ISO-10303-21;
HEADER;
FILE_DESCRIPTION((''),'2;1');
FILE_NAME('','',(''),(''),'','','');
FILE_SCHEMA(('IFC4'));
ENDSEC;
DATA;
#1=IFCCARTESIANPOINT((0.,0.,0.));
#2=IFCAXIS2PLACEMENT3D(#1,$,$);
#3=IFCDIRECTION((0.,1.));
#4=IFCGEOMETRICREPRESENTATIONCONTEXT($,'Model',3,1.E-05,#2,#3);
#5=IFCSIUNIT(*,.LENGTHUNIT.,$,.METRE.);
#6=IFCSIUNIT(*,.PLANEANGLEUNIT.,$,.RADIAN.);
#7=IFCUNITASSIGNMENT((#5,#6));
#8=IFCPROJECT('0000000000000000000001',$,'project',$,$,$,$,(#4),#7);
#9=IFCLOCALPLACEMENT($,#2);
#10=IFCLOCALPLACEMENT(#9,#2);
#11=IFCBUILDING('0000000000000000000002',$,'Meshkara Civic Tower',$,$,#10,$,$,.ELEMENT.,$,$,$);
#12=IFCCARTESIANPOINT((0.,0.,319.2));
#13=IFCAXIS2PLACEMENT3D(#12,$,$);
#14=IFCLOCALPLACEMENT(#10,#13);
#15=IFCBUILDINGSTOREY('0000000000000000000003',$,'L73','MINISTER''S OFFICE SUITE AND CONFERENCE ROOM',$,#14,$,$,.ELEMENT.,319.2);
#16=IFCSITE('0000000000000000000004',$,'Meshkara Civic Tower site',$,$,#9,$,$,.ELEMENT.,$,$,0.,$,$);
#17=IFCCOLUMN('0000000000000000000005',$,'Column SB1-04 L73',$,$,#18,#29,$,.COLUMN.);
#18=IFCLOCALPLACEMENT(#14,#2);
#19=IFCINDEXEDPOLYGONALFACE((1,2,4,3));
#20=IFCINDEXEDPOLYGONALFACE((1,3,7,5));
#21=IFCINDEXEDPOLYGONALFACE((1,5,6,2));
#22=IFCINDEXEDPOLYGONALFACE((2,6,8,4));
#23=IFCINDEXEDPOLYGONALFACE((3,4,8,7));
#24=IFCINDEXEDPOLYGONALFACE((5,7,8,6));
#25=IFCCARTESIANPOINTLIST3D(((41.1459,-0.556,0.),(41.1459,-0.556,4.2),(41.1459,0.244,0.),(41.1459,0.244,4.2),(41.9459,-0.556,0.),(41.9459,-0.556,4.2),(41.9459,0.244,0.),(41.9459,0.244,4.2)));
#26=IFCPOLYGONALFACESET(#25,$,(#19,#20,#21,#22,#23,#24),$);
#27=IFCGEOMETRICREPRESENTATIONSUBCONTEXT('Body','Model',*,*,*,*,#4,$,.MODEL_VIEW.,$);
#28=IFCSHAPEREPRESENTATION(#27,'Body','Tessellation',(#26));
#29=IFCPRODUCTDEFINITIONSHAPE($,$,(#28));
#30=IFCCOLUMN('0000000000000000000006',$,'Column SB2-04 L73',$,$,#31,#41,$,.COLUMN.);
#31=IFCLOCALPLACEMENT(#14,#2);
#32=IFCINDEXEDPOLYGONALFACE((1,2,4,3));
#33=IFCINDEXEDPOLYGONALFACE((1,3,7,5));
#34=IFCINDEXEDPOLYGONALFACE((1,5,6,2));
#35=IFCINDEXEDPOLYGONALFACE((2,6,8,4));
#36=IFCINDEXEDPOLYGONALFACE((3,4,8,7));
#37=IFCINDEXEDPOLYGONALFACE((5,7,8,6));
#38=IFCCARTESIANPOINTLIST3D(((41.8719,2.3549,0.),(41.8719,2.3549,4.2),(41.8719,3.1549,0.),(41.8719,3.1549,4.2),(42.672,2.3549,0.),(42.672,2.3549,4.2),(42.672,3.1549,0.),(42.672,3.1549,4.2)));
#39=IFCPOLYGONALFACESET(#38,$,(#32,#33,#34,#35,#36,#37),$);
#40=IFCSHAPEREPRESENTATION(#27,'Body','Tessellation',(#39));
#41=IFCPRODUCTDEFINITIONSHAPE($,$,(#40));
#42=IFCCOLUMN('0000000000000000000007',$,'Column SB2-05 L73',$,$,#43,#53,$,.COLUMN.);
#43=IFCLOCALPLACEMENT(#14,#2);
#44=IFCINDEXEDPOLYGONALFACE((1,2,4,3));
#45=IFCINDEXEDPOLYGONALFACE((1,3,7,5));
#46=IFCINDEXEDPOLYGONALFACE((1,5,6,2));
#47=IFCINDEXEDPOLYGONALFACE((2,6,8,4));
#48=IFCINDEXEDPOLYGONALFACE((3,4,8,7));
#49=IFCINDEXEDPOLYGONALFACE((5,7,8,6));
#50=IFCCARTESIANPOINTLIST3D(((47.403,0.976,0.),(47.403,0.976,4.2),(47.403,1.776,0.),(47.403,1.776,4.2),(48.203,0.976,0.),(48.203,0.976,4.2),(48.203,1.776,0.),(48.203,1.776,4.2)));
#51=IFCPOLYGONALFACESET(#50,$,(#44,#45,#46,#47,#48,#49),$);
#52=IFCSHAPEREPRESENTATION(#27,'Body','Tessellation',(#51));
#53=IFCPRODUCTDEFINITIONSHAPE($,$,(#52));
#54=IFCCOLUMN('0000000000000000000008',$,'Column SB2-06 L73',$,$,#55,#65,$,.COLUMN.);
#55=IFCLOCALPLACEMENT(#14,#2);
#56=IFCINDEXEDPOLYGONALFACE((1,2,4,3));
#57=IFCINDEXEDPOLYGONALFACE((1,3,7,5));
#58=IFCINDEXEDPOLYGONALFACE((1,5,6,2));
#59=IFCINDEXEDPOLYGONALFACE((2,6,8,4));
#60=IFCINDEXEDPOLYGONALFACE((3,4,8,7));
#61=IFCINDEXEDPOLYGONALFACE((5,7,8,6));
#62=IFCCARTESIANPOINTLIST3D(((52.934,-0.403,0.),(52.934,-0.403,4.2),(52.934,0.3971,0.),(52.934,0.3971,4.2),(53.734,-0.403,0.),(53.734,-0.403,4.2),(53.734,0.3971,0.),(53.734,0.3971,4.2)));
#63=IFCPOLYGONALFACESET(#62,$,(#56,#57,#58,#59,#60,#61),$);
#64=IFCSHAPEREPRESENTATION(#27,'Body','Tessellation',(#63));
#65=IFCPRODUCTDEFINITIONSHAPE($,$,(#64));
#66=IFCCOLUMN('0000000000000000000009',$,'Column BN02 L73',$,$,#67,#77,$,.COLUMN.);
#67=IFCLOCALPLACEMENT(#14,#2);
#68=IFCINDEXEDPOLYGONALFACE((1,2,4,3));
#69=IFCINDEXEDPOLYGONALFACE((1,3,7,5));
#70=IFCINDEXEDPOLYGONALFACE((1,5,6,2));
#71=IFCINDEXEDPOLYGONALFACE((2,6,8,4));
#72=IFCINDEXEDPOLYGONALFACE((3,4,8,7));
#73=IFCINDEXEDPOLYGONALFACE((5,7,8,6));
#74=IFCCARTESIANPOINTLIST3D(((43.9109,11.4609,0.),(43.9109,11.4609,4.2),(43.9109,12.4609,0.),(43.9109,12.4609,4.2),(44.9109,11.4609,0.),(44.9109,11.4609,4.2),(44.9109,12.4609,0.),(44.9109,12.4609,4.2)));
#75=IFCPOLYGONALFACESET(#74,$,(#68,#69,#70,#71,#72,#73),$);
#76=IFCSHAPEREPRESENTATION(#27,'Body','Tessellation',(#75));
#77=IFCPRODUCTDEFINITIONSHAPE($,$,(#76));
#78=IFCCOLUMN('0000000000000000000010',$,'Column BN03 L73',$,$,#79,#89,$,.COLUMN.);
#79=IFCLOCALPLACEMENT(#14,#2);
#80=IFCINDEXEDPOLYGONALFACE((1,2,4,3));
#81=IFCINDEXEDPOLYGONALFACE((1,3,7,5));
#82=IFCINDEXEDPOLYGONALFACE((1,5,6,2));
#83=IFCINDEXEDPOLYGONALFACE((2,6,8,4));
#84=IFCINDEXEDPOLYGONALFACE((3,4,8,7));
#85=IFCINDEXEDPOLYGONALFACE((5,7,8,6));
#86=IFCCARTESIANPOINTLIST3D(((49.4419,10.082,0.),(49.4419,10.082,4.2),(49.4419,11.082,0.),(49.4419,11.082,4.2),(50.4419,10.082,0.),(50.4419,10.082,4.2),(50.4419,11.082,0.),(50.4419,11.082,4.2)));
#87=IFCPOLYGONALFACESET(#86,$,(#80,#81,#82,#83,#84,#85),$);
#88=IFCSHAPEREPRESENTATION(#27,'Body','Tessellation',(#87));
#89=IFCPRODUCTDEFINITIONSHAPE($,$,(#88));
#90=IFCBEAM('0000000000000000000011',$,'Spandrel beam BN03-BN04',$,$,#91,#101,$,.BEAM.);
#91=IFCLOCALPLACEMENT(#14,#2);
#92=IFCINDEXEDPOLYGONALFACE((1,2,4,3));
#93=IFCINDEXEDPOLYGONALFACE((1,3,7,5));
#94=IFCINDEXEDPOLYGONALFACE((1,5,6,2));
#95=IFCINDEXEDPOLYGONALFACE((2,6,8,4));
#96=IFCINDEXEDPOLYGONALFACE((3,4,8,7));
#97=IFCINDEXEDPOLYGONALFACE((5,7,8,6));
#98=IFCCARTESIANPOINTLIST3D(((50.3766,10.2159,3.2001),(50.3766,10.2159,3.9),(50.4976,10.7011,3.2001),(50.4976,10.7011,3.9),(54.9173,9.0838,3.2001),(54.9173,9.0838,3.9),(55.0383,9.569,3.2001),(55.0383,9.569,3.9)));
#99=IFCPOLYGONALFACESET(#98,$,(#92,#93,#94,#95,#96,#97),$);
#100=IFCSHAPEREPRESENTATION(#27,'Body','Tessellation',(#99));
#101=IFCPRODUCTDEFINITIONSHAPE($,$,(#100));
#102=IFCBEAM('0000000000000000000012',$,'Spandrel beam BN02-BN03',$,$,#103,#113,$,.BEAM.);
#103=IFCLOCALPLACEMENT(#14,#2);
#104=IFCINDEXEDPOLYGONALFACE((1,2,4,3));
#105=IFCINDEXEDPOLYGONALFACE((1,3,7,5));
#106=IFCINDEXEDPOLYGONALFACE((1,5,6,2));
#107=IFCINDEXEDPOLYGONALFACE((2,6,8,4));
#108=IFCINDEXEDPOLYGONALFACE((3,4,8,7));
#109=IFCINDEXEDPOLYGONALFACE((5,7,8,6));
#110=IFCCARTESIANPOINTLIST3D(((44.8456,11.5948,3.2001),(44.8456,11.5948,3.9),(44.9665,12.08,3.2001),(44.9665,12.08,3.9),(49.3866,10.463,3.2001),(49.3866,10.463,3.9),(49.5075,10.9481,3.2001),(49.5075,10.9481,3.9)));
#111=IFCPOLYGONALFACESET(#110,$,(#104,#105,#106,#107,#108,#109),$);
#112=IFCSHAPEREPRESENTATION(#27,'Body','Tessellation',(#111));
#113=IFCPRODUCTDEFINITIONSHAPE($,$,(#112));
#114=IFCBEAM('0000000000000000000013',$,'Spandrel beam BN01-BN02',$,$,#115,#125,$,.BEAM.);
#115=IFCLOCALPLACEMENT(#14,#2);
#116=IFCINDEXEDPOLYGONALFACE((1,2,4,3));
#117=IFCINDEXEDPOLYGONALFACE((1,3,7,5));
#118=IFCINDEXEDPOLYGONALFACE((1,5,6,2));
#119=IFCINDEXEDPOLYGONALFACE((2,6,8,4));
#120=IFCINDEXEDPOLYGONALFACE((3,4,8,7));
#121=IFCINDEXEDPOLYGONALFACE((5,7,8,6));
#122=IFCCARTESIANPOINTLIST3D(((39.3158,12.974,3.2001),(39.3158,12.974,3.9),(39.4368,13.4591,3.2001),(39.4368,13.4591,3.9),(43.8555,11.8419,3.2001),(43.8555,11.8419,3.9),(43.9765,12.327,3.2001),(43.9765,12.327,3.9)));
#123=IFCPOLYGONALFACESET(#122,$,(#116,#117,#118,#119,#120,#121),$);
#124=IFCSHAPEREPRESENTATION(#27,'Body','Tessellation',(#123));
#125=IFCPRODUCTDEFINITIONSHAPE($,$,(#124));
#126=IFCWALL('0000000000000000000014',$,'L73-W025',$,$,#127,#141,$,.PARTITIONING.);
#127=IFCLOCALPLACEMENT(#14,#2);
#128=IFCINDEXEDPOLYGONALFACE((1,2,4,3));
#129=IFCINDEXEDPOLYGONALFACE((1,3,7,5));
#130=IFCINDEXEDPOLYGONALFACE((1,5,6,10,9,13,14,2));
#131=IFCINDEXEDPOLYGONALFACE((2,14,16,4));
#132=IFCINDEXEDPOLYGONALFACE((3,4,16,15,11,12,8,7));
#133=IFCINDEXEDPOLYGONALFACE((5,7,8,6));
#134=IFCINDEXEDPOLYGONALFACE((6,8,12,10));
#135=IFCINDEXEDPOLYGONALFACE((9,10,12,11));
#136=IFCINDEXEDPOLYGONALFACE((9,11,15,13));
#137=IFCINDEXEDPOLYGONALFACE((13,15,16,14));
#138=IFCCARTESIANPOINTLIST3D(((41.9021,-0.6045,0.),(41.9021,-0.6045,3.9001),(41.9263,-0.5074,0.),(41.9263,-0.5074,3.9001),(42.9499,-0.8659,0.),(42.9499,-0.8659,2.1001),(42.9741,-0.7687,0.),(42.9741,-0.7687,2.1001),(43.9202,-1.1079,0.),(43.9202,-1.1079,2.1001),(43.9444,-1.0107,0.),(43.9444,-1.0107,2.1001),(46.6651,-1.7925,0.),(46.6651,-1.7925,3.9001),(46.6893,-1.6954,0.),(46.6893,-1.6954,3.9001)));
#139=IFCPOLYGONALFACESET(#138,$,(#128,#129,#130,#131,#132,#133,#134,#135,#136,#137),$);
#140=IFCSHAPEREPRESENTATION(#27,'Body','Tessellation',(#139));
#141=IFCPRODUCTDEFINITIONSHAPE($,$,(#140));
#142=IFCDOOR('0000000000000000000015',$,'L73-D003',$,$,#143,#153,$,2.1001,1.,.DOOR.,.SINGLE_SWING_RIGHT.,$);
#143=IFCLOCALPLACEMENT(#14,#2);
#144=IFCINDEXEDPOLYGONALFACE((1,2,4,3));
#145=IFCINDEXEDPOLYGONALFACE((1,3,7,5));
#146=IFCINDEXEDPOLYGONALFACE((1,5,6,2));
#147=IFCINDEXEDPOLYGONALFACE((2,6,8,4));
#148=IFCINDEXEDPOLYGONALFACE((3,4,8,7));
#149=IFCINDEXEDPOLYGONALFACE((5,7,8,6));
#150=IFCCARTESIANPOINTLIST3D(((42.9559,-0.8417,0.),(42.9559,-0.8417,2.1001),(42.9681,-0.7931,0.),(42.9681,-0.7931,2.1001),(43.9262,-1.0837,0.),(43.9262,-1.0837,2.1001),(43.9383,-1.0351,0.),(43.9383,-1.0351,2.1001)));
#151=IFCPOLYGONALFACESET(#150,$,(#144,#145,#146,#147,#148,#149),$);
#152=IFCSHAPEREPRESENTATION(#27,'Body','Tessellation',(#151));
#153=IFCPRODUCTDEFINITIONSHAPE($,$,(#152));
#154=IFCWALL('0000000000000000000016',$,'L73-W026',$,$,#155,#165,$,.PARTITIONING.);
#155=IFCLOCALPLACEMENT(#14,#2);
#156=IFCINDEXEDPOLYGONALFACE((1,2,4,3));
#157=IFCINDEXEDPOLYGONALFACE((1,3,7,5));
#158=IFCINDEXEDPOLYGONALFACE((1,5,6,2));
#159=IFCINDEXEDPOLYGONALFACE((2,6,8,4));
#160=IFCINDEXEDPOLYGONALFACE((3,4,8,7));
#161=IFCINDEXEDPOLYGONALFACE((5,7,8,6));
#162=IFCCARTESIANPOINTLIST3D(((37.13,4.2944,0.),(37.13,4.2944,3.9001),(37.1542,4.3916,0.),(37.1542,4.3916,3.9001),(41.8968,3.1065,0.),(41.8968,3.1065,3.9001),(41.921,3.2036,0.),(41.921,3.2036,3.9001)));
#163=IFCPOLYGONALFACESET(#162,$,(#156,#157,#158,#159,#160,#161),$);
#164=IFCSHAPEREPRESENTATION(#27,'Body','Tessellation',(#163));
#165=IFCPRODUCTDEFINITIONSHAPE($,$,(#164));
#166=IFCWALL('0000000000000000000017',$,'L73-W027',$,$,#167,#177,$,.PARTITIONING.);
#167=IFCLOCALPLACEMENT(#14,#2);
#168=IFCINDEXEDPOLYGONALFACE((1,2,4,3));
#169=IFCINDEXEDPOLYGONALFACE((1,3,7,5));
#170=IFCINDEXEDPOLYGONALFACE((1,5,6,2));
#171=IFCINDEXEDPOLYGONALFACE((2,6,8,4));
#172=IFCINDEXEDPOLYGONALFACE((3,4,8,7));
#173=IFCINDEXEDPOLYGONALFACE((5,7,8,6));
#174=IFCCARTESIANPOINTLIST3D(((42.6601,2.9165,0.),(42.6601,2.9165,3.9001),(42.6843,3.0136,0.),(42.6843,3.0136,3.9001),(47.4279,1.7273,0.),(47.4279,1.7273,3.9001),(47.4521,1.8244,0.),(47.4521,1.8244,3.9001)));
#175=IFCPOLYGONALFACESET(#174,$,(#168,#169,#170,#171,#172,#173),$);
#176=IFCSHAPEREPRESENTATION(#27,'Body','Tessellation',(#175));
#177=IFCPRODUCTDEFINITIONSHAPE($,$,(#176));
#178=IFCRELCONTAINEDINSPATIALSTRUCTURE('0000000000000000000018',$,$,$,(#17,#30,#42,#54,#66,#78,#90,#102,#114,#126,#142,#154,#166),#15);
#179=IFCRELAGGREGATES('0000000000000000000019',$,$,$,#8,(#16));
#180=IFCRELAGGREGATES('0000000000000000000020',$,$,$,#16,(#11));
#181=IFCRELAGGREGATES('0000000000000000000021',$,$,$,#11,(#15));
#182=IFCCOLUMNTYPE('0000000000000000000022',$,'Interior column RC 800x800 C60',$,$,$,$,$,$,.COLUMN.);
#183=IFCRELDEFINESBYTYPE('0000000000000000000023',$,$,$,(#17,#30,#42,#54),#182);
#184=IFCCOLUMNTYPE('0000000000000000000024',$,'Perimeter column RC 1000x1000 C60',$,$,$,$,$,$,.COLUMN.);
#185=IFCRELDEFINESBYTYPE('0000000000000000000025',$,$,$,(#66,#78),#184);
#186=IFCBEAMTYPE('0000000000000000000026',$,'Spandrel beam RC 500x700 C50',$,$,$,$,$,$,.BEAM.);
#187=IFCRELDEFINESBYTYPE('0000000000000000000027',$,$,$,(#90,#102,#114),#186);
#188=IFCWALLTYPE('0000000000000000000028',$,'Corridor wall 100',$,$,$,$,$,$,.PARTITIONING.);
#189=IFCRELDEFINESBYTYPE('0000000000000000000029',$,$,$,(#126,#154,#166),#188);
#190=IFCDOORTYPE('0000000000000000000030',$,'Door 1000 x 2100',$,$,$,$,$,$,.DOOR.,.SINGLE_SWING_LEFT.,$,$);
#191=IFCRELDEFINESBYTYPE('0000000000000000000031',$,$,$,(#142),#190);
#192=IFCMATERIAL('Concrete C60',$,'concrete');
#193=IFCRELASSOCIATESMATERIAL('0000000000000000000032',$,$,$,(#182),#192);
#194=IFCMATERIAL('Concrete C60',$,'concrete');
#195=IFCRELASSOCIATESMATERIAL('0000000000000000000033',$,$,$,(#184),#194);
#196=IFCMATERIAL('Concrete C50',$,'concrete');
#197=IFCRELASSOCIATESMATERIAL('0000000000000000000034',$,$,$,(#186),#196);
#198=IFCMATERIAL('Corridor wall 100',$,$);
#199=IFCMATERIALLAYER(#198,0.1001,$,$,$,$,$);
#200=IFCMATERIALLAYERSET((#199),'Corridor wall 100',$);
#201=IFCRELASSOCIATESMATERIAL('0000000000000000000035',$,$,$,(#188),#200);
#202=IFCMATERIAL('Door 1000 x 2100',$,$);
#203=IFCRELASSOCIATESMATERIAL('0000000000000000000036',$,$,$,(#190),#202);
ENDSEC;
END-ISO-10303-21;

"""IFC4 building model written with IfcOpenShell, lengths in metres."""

from ifc_helpers import new_model, si_unit, direction, frame, frame_2d, origin, origin_2d, place, context, subcontext, project, spatial, rectangle, extrude, material, layer, layer_set, material_profile, profile_set, type_object, element, fill, save


model = new_model("IFC4")

# Units and contexts
model_context = context("Model", 3, precision=1e-05, world=origin(), true_north=direction((0.0, 1.0)))
body_context = subcontext(model_context, "Body", "Model", "MODEL_VIEW")
ifc_project = project(units=[si_unit("LENGTHUNIT", "METRE"), si_unit("PLANEANGLEUNIT", "RADIAN")], contexts=[model_context])

# Site, building, storey
site_placement = place(None, origin())
site = spatial("IfcSite", under=ifc_project, at=site_placement, Name="Meshkara Civic Tower site", CompositionType="ELEMENT", RefElevation=0.0)
building_placement = place(site_placement, origin())
building = spatial("IfcBuilding", under=site, at=building_placement, Name="Meshkara Civic Tower", CompositionType="ELEMENT")
storey_placement = place(building_placement, frame((0.0, 0.0, 319.2)))
storey = spatial("IfcBuildingStorey", under=building, at=storey_placement, Name="L73", Description="MINISTER'S OFFICE SUITE AND CONFERENCE ROOM", CompositionType="ELEMENT", Elevation=319.2)

# Columns
ifc_material_1 = material(Name="Concrete C60", Category="concrete")
ifc_material_profile_1 = material_profile(ifc_material_1, rectangle(XDim=0.8, YDim=0.8, at=origin_2d()))
ifc_profile_set_1 = profile_set([ifc_material_profile_1], Name="Concrete C60")
column_type_1 = type_object("IfcColumnType", Name="Interior column RC 800x800 C60", PredefinedType="COLUMN", material=ifc_profile_set_1)
for number, where, z_axis, x_axis, name in (
    (1, (41.5459, -0.156, 0.0), (0.0, 0.0, 1.0), (1.0, 0.0, 0.0), "Column SB1-04 L73"),
    (2, (42.272, 2.7549, 0.0), (0.0, 0.0, 1.0), (1.0, 0.0, 0.0), "Column SB2-04 L73"),
    (3, (47.803, 1.376, 0.0), (0.0, 0.0, 1.0), (1.0, 0.0, 0.0), "Column SB2-05 L73"),
    (4, (53.334, -0.0029, 0.0), (0.0, 0.0, 1.0), (1.0, 0.0, 0.0), "Column SB2-06 L73"),
):
    element("IfcColumn", number, at=place(storey_placement, frame(where, z_axis=z_axis, x_axis=x_axis)), inside=storey, type_object=column_type_1, Name=name, PredefinedType="COLUMN", context=body_context, shape_type="SweptSolid", body=[
        extrude(rectangle(XDim=0.8, YDim=0.8, at=origin_2d()), origin(), (0.0, 0.0, 1.0), 4.2),
    ])
ifc_material_2 = material(Name="Concrete C60", Category="concrete")
ifc_material_profile_2 = material_profile(ifc_material_2, rectangle(XDim=1.0, YDim=1.0, at=origin_2d()))
ifc_profile_set_2 = profile_set([ifc_material_profile_2], Name="Concrete C60")
column_type_2 = type_object("IfcColumnType", Name="Perimeter column RC 1000x1000 C60", PredefinedType="COLUMN", material=ifc_profile_set_2)
for number, where, z_axis, x_axis, name in (
    (5, (44.4109, 11.9609, 0.0), (0.0, 0.0, 1.0), (1.0, 0.0, 0.0), "Column BN02 L73"),
    (6, (49.9419, 10.582, 0.0), (0.0, 0.0, 1.0), (1.0, 0.0, 0.0), "Column BN03 L73"),
):
    element("IfcColumn", number, at=place(storey_placement, frame(where, z_axis=z_axis, x_axis=x_axis)), inside=storey, type_object=column_type_2, Name=name, PredefinedType="COLUMN", context=body_context, shape_type="SweptSolid", body=[
        extrude(rectangle(XDim=1.0, YDim=1.0, at=origin_2d()), origin(), (0.0, 0.0, 1.0), 4.2),
    ])

# Beams
ifc_material_3 = material(Name="Concrete C50", Category="concrete")
ifc_material_profile_3 = material_profile(ifc_material_3, rectangle(XDim=0.5, YDim=0.7, at=origin_2d()))
ifc_profile_set_3 = profile_set([ifc_material_profile_3], Name="Concrete C50")
beam_type = type_object("IfcBeamType", Name="Spandrel beam RC 500x700 C50", PredefinedType="BEAM", material=ifc_profile_set_3)
beam_1_placement = place(storey_placement, frame((54.9778, 9.3264, 3.55), z_axis=(-0.970299, 0.24191, 0.0), x_axis=(-0.24191, -0.970299, 0.0)))
element("IfcBeam", 7, at=beam_1_placement, inside=storey, type_object=beam_type, Name="Spandrel beam BN03-BN04", PredefinedType="BEAM", context=body_context, shape_type="SweptSolid", body=[
    extrude(rectangle(XDim=0.5, YDim=0.7, at=origin_2d()), origin(), (0.0, 0.0, 1.0), 4.6797),
])
beam_2_placement = place(storey_placement, frame((49.447, 10.7056, 3.55), z_axis=(-0.970314, 0.241848, 0.0), x_axis=(-0.241848, -0.970314, 0.0)))
element("IfcBeam", 8, at=beam_2_placement, inside=storey, type_object=beam_type, Name="Spandrel beam BN02-BN03", PredefinedType="BEAM", context=body_context, shape_type="SweptSolid", body=[
    extrude(rectangle(XDim=0.5, YDim=0.7, at=origin_2d()), origin(), (0.0, 0.0, 1.0), 4.6799),
])
beam_3_placement = place(storey_placement, frame((43.916, 12.0845, 3.55), z_axis=(-0.970287, 0.241959, 0.0), x_axis=(-0.241959, -0.970287, 0.0)))
element("IfcBeam", 9, at=beam_3_placement, inside=storey, type_object=beam_type, Name="Spandrel beam BN01-BN02", PredefinedType="BEAM", context=body_context, shape_type="SweptSolid", body=[
    extrude(rectangle(XDim=0.5, YDim=0.7, at=origin_2d()), origin(), (0.0, 0.0, 1.0), 4.6787),
])

# Wall, opening, door
ifc_material_4 = material(Name="Corridor wall 100")
ifc_layer_1 = layer(ifc_material_4, 0.1001)
ifc_layer_set_1 = layer_set([ifc_layer_1], Name="Corridor wall 100")
wall_type_1 = type_object("IfcWallType", Name="Corridor wall 100", PredefinedType="PARTITIONING", material=ifc_layer_set_1)
wall_1_placement = place(storey_placement, frame((41.9141, -0.5559, 0.0), z_axis=(0.0, 0.0, 1.0), x_axis=(0.970274, -0.242009, 0.0)))
wall_1 = element("IfcWall", 10, at=wall_1_placement, inside=storey, type_object=wall_type_1, Name="L73-W025", PredefinedType="PARTITIONING", context=body_context, shape_type="SweptSolid", body=[
    extrude(rectangle(XDim=4.9089, YDim=0.1001, at=frame_2d((2.4546, 0.0))), origin(), (0.0, 0.0, 1.0), 3.9001),
])
opening_1_placement = place(wall_1_placement, frame((1.0801, 0.0, 0.0)))
opening_1 = element("IfcOpeningElement", 11, at=opening_1_placement, cuts=wall_1, PredefinedType="OPENING", context=body_context, shape_type="SweptSolid", body=[
    extrude(rectangle(XDim=1.0, YDim=2.1001, at=frame_2d((0.5, 1.05))), frame((0.0, 0.0601, 0.0), z_axis=(0.0, -1.0, 0.0), x_axis=(1.0, 0.0, 0.0)), (0.0, 0.0, 1.0), 0.1201),
])
ifc_material_5 = material(Name="Door 1000 x 2100")
door_type_1 = type_object("IfcDoorType", Name="Door 1000 x 2100", OperationType="SINGLE_SWING_LEFT", PredefinedType="DOOR", material=ifc_material_5)
door_1_placement = place(opening_1_placement, origin())
door_1 = element("IfcDoor", 12, at=door_1_placement, inside=storey, type_object=door_type_1, Name="L73-D003", OperationType="SINGLE_SWING_RIGHT", OverallHeight=2.1001, OverallWidth=1.0, PredefinedType="DOOR", context=body_context, shape_type="SweptSolid", body=[
    extrude(rectangle(XDim=1.0, YDim=2.1001, at=frame_2d((0.5, 1.05))), frame((0.0, 0.0249, 0.0), z_axis=(0.0, -1.0, 0.0), x_axis=(1.0, 0.0, 0.0)), (0.0, 0.0, 1.0), 0.05),
])
fill(opening_1, door_1)

# Walls
wall_2_placement = place(storey_placement, frame((41.9089, 3.155, 0.0), z_axis=(0.0, 0.0, 1.0), x_axis=(-0.970321, 0.241822, 0.0)))
element("IfcWall", 13, at=wall_2_placement, inside=storey, type_object=wall_type_1, Name="L73-W026", PredefinedType="PARTITIONING", context=body_context, shape_type="SweptSolid", body=[
    extrude(rectangle(XDim=4.9126, YDim=0.1001, at=frame_2d((2.4563, 0.0))), origin(), (0.0, 0.0, 1.0), 3.9001),
])
wall_3_placement = place(storey_placement, frame((42.6721, 2.9651, 0.0), z_axis=(0.0, 0.0, 1.0), x_axis=(0.970274, -0.24201, 0.0)))
element("IfcWall", 14, at=wall_3_placement, inside=storey, type_object=wall_type_1, Name="L73-W027", PredefinedType="PARTITIONING", context=body_context, shape_type="SweptSolid", body=[
    extrude(rectangle(XDim=4.9138, YDim=0.1001, at=frame_2d((2.457, 0.0))), origin(), (0.0, 0.0, 1.0), 3.9001),
])

save(model, "model.ifc")
